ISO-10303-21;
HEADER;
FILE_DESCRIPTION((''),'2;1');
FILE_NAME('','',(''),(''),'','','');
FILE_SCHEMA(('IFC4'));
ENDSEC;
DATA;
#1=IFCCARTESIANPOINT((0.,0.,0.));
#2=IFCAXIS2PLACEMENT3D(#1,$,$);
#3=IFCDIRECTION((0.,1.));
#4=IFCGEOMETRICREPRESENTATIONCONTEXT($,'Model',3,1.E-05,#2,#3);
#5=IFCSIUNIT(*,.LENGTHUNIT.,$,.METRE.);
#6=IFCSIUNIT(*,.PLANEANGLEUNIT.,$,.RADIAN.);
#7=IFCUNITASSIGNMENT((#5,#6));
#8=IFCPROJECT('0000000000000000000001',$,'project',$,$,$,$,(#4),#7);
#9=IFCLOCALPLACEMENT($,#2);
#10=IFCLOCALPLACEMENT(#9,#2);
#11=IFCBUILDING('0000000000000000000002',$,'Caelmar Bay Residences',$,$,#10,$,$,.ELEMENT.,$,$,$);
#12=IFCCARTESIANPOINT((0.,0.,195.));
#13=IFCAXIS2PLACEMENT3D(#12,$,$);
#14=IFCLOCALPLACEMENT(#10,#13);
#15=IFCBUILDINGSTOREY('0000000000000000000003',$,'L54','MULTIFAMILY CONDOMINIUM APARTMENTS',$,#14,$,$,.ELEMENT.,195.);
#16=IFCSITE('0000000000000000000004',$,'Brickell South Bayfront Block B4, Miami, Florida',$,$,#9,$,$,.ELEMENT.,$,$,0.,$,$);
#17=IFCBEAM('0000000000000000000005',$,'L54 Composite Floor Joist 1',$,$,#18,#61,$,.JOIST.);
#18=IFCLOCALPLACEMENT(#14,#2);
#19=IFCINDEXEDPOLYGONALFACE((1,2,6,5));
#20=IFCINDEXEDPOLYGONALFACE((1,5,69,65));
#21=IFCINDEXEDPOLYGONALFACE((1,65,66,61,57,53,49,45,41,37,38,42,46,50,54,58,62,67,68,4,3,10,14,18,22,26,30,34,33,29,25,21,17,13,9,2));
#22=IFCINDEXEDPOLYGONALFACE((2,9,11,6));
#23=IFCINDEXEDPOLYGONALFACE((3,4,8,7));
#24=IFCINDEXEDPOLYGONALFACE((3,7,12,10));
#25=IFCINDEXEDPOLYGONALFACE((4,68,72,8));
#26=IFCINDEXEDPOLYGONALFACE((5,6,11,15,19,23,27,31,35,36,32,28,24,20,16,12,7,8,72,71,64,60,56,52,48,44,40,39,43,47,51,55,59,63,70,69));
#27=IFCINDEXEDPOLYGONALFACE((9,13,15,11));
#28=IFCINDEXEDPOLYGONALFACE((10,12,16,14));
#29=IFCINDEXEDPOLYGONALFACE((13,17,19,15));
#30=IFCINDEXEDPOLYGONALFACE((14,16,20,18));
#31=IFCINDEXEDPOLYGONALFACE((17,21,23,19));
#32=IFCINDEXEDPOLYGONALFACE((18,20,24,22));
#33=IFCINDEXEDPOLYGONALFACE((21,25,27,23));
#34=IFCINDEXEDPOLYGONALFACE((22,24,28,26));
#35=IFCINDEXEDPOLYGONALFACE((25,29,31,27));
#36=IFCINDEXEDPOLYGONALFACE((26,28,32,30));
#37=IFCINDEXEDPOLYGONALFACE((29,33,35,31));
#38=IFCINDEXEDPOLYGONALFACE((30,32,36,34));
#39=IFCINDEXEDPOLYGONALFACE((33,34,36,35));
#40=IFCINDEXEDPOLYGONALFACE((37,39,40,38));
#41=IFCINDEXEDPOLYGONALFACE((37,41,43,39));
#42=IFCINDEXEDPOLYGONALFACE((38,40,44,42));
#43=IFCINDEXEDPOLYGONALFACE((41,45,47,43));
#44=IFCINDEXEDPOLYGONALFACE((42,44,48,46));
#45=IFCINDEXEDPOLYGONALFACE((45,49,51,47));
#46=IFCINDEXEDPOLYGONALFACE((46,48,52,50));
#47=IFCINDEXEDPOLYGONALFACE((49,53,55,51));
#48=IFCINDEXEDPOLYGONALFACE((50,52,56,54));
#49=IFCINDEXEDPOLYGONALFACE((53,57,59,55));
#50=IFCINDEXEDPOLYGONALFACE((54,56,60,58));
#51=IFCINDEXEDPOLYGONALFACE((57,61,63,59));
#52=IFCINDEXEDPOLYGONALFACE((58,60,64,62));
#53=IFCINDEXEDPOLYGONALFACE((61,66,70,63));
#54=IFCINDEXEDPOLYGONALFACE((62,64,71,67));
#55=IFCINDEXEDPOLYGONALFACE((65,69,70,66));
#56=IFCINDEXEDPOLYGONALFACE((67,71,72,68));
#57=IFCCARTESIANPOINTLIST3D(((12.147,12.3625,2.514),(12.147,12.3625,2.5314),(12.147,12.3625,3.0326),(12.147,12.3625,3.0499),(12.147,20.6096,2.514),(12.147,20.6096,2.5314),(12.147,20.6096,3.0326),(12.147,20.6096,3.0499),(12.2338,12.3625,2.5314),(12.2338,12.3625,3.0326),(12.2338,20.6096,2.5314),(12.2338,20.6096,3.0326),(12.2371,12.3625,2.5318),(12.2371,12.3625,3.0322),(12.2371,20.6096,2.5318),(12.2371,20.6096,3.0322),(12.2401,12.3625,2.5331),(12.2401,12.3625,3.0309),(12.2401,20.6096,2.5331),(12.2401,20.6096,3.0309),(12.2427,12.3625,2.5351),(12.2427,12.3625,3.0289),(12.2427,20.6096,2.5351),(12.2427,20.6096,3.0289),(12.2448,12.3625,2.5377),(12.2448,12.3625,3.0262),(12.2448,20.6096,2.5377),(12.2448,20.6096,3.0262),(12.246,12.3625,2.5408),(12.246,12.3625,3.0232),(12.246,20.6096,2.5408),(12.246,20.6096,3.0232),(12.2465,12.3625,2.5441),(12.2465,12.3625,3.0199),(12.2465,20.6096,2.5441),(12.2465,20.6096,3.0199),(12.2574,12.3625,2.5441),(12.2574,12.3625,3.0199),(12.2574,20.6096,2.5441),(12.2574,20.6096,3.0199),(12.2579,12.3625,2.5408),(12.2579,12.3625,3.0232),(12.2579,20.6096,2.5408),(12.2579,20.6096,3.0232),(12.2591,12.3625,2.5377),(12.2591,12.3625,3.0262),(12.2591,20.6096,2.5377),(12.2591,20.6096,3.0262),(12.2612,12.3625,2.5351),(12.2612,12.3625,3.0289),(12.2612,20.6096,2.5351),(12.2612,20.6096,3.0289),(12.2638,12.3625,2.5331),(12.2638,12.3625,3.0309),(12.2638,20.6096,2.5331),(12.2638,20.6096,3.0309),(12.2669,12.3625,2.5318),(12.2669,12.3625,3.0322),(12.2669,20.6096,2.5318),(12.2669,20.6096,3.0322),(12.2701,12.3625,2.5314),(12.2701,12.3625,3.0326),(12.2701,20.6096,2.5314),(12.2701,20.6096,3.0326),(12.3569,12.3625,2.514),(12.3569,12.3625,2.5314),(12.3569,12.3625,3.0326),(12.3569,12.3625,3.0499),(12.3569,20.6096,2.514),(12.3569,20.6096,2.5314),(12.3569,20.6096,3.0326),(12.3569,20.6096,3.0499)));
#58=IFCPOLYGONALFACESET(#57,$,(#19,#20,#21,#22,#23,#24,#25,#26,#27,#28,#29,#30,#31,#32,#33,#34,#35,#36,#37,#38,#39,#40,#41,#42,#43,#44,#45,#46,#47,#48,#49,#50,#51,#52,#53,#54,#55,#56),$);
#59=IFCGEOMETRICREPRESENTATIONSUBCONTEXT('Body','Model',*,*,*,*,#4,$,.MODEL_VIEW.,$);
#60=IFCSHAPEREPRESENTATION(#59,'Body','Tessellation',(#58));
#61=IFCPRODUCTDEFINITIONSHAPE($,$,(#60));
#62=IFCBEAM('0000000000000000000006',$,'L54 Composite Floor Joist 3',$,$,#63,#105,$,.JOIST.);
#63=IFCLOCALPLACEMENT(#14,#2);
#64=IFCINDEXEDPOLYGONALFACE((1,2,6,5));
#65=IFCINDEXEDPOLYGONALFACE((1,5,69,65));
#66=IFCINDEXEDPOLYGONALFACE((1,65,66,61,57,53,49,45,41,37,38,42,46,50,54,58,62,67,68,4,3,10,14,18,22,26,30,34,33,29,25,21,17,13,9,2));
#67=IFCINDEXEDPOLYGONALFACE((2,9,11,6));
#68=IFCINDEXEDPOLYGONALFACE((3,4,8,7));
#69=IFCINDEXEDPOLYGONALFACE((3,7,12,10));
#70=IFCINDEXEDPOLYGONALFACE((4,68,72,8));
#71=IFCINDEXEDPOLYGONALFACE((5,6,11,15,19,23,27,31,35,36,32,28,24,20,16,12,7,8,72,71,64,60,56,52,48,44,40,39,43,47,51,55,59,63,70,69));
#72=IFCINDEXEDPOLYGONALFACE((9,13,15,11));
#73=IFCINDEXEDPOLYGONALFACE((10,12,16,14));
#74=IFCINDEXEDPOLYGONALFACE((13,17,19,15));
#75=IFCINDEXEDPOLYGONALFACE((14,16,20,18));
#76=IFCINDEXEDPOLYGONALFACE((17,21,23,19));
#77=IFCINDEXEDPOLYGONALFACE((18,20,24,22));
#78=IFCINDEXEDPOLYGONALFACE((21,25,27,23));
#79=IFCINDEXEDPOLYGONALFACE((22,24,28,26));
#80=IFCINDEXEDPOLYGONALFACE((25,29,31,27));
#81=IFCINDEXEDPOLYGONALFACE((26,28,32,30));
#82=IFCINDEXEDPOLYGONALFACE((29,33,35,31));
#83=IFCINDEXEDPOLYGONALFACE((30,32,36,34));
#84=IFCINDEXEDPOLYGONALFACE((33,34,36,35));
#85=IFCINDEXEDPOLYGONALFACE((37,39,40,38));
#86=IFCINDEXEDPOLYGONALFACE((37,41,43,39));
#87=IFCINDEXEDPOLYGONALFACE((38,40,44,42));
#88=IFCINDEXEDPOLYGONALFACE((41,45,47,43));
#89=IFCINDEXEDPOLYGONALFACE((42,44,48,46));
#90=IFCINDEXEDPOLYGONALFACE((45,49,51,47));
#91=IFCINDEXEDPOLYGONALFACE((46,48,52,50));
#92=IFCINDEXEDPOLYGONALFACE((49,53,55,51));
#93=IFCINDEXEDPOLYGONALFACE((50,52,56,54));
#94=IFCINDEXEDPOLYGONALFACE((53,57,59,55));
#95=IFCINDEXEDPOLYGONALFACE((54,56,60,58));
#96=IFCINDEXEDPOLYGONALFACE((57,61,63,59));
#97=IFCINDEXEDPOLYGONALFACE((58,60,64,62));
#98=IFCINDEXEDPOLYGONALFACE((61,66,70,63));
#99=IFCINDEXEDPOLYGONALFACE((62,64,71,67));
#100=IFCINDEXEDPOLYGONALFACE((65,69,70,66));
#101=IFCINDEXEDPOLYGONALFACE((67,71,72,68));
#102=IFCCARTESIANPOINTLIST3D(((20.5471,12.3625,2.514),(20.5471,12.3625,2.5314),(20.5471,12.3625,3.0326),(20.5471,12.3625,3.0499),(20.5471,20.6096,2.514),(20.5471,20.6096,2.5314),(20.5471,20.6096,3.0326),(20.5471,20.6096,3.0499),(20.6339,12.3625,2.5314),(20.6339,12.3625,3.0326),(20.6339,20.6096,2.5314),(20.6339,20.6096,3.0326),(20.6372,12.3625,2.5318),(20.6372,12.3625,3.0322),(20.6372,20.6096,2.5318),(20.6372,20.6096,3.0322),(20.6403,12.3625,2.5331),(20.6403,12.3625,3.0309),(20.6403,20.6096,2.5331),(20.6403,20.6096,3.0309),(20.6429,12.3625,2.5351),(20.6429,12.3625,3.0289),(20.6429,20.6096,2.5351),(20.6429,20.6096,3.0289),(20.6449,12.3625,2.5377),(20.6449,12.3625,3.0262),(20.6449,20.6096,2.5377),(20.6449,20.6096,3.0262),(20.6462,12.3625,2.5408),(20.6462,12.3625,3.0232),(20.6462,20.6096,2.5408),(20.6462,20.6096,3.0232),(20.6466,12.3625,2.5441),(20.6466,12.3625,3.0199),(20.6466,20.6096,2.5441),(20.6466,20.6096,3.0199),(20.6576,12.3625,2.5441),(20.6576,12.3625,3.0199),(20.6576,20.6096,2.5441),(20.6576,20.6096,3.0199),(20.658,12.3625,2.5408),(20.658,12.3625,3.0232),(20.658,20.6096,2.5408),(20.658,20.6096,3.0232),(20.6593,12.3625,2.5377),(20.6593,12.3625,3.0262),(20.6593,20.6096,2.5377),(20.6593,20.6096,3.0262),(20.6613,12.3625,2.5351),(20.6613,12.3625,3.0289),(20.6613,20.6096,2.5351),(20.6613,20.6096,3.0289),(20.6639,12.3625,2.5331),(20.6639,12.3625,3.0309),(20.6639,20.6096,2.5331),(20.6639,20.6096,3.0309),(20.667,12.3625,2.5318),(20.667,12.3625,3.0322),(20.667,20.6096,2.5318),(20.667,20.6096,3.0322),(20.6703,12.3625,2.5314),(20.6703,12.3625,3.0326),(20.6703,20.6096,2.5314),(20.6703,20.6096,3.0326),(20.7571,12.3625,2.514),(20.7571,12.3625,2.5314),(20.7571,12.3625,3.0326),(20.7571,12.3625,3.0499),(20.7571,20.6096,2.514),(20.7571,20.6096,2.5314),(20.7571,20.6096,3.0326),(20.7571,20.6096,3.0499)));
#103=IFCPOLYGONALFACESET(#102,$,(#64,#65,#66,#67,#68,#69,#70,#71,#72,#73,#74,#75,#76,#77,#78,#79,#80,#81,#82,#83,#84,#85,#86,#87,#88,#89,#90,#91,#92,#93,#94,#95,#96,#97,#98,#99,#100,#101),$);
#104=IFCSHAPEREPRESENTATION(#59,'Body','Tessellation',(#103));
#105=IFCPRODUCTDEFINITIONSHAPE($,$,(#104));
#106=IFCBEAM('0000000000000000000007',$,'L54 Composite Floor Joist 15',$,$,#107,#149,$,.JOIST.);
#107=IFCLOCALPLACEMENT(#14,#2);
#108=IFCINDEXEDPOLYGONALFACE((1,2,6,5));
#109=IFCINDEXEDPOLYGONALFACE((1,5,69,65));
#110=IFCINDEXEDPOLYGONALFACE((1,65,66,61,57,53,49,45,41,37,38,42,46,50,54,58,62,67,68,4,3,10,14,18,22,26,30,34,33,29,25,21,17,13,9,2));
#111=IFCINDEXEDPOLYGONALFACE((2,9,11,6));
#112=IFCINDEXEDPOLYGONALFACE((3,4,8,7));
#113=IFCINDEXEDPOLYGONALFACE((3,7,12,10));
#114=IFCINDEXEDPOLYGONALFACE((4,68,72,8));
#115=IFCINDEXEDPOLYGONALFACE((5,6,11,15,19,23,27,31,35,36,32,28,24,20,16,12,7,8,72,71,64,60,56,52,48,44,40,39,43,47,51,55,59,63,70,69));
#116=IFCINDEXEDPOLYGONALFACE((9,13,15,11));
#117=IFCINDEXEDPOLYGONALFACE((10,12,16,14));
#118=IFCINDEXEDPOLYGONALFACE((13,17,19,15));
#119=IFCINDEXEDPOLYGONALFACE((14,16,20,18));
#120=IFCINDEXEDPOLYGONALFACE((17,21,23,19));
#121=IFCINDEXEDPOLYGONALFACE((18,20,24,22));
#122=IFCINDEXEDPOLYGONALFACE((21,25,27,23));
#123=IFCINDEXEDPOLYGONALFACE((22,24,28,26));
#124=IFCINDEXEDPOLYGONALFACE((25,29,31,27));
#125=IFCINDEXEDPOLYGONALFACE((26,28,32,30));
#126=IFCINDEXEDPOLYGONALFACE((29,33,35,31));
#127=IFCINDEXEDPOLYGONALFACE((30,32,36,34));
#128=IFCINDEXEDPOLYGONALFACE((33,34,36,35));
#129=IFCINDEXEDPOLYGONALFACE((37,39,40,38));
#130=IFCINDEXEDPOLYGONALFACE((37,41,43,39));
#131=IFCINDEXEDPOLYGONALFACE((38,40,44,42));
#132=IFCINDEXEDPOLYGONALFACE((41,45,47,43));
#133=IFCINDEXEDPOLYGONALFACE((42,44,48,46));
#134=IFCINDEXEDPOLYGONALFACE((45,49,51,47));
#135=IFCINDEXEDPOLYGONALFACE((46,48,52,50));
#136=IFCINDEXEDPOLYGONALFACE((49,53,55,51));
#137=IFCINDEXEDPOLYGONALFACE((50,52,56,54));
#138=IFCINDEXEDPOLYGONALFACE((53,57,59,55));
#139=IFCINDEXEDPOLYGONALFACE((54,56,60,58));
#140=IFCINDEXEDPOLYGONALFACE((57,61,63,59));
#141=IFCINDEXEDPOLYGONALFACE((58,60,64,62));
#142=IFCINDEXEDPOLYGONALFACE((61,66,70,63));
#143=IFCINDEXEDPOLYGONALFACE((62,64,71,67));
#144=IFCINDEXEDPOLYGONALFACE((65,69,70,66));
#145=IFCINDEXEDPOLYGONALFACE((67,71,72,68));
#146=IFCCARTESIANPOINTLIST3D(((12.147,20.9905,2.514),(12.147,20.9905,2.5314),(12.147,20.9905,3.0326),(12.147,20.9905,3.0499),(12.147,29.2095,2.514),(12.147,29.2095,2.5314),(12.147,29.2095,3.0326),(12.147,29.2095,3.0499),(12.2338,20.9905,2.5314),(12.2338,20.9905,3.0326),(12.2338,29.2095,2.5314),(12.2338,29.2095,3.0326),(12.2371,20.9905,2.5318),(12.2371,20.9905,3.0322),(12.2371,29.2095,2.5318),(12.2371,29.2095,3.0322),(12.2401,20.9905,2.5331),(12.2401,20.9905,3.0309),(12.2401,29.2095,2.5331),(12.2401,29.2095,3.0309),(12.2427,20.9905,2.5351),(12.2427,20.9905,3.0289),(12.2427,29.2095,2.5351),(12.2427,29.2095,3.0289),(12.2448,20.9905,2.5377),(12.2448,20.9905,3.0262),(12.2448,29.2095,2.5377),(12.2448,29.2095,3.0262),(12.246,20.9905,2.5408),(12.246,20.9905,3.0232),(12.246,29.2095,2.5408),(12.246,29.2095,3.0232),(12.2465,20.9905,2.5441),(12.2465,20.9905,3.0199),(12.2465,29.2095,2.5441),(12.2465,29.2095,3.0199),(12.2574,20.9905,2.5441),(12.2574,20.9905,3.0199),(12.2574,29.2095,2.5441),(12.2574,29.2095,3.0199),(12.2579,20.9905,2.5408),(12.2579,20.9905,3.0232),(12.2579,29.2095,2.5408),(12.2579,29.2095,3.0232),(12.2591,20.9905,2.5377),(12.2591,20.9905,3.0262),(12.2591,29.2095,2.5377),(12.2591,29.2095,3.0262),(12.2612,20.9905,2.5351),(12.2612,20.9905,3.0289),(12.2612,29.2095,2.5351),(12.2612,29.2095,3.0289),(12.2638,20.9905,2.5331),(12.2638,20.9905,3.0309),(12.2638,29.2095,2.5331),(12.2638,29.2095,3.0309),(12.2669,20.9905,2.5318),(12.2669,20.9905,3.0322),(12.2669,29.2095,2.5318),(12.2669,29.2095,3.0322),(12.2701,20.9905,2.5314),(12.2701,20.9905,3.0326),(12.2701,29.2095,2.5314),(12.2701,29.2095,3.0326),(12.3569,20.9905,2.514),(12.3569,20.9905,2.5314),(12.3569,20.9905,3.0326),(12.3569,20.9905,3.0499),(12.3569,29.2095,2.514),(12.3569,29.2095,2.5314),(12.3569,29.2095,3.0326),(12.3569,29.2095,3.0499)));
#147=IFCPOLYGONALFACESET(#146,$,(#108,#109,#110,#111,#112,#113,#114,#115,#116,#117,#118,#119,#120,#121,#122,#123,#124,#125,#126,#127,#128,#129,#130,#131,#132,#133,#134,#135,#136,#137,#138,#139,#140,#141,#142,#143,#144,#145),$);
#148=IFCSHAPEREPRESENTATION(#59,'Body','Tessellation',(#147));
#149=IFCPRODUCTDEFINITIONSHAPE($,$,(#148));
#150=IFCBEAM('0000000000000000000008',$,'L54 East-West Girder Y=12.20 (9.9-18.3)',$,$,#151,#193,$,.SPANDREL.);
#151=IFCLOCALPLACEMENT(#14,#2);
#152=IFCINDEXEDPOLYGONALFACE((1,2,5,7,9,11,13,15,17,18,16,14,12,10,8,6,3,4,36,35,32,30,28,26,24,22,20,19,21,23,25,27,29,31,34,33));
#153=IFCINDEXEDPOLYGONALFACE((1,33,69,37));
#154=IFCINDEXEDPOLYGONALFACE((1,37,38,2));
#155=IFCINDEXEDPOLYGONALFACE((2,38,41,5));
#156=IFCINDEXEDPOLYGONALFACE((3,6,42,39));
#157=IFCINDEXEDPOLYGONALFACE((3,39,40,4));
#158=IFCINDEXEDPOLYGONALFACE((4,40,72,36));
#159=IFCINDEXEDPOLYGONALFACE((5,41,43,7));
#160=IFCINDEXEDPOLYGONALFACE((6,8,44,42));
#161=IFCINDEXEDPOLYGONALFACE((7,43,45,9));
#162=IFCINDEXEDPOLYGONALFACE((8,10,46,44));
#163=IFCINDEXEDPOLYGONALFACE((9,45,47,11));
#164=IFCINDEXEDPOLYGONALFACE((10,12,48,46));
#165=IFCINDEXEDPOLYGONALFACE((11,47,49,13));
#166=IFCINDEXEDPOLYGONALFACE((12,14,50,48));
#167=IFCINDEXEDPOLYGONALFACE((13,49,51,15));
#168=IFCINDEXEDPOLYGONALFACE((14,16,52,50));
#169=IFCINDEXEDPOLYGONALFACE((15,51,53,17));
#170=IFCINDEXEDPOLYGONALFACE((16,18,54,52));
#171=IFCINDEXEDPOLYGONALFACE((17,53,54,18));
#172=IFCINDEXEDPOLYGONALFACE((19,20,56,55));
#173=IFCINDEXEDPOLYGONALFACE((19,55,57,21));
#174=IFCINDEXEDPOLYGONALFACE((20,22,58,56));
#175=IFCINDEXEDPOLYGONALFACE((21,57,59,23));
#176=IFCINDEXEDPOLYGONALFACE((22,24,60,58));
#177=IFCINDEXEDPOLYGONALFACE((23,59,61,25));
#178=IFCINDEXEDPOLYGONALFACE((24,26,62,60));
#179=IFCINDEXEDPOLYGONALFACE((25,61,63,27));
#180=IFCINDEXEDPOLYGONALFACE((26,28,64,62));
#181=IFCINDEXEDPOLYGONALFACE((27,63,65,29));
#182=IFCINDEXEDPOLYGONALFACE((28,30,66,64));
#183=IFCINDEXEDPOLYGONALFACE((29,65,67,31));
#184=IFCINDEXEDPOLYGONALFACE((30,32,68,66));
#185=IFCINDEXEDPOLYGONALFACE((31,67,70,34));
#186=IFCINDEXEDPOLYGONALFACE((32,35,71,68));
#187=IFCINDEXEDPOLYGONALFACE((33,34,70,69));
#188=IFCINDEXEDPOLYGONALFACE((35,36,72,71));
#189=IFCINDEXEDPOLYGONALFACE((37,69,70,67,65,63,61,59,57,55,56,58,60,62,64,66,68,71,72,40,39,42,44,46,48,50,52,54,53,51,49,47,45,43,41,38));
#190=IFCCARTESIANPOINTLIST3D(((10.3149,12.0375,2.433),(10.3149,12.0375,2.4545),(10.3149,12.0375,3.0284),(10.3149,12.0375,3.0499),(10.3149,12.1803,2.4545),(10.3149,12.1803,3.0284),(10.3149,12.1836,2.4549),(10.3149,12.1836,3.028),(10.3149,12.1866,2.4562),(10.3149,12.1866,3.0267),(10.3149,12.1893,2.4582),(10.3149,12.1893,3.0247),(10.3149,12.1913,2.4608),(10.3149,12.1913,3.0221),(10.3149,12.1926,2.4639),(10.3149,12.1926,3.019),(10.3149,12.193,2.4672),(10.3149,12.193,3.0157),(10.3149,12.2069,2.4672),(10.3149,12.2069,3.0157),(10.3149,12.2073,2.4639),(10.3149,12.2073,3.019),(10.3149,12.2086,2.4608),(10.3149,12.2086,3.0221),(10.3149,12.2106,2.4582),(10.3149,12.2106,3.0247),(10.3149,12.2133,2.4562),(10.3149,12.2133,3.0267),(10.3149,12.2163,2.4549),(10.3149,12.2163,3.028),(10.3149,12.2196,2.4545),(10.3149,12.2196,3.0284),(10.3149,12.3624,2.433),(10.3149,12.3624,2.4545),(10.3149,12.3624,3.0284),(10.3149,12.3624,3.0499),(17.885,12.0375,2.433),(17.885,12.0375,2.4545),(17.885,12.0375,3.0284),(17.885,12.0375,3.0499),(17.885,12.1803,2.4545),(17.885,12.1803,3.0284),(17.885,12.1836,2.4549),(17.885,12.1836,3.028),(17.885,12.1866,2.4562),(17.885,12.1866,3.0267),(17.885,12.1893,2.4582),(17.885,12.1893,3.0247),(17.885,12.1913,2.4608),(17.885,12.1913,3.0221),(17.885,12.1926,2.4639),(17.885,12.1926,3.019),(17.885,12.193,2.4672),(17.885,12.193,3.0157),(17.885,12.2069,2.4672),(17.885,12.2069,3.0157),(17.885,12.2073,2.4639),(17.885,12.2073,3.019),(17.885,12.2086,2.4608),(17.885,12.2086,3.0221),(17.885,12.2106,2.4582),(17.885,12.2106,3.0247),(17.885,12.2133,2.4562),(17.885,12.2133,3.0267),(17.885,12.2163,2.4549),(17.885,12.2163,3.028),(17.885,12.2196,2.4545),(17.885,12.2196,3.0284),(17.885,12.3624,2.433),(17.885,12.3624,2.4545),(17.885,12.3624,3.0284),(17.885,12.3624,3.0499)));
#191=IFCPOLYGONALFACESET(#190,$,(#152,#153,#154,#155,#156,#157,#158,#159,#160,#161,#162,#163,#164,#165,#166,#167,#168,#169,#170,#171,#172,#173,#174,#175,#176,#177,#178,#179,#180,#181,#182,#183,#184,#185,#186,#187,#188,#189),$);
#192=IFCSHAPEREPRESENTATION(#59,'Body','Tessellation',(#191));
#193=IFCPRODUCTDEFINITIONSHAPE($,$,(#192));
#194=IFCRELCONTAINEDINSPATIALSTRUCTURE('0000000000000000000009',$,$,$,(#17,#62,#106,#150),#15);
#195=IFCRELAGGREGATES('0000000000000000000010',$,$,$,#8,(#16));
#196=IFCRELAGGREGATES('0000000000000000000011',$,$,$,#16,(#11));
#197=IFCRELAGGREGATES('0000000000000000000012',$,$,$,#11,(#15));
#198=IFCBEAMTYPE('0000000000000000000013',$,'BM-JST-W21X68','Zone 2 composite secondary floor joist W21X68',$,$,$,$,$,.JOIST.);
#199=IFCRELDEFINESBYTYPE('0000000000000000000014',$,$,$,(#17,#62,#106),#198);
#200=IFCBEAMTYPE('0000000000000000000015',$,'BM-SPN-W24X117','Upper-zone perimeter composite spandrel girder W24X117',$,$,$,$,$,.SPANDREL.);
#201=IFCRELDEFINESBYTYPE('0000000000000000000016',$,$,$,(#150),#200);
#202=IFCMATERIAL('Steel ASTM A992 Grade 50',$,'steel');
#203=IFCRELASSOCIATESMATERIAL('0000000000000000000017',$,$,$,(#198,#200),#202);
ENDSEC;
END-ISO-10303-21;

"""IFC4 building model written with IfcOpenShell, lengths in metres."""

from ifc_helpers import new_model, si_unit, direction, frame, origin, origin_2d, place, context, subcontext, project, spatial, i_section, extrude, material, material_profile, profile_set, type_object, element, save


model = new_model("IFC4")

# Units and contexts
model_context = context("Model", 3, precision=1e-05, world=origin(), true_north=direction((0.0, 1.0)))
body_context = subcontext(model_context, "Body", "Model", "MODEL_VIEW")
ifc_project = project(units=[si_unit("LENGTHUNIT", "METRE"), si_unit("PLANEANGLEUNIT", "RADIAN")], contexts=[model_context])

# Site, building, storey
site_placement = place(None, origin())
site = spatial("IfcSite", under=ifc_project, at=site_placement, Name="Brickell South Bayfront Block B4, Miami, Florida", CompositionType="ELEMENT", RefElevation=0.0)
building_placement = place(site_placement, origin())
building = spatial("IfcBuilding", under=site, at=building_placement, Name="Caelmar Bay Residences", CompositionType="ELEMENT")
storey_placement = place(building_placement, frame((0.0, 0.0, 195.0)))
storey = spatial("IfcBuildingStorey", under=building, at=storey_placement, Name="L54", Description="MULTIFAMILY CONDOMINIUM APARTMENTS", CompositionType="ELEMENT", Elevation=195.0)

# Beams
ifc_material_1 = material(Name="Steel ASTM A992 Grade 50", Category="steel")
ifc_material_profile_1 = material_profile(ifc_material_1, i_section(OverallWidth=0.21, OverallDepth=0.5359, WebThickness=0.011, FlangeThickness=0.0173, FilletRadius=0.0127, at=origin_2d()), Name="W21X68")
ifc_profile_set_1 = profile_set([ifc_material_profile_1], Name="Steel ASTM A992 Grade 50")
beam_type_1 = type_object("IfcBeamType", Name="BM-JST-W21X68", Description="Zone 2 composite secondary floor joist W21X68", PredefinedType="JOIST", material=ifc_profile_set_1)
for number, where, z_axis, x_axis, name in (
    (1, (12.252, 12.3625, 2.782), (0.0, 1.0, 0.0), (-1.0, 0.0, 0.0), "L54 Composite Floor Joist 1"),
    (2, (20.6521, 12.3625, 2.782), (0.0, 1.0, 0.0), (-1.0, 0.0, 0.0), "L54 Composite Floor Joist 3"),
):
    element("IfcBeam", number, at=place(storey_placement, frame(where, z_axis=z_axis, x_axis=x_axis)), inside=storey, type_object=beam_type_1, Name=name, PredefinedType="JOIST", context=body_context, shape_type="SweptSolid", body=[
        extrude(i_section(OverallWidth=0.21, OverallDepth=0.5359, WebThickness=0.011, FlangeThickness=0.0173, FilletRadius=0.0127, at=origin_2d()), origin(), (0.0, 0.0, 1.0), 8.2471),
    ])
beam_1_placement = place(storey_placement, frame((12.252, 20.9905, 2.782), z_axis=(0.0, 1.0, 0.0), x_axis=(-1.0, 0.0, 0.0)))
element("IfcBeam", 3, at=beam_1_placement, inside=storey, type_object=beam_type_1, Name="L54 Composite Floor Joist 15", PredefinedType="JOIST", context=body_context, shape_type="SweptSolid", body=[
    extrude(i_section(OverallWidth=0.21, OverallDepth=0.5359, WebThickness=0.011, FlangeThickness=0.0173, FilletRadius=0.0127, at=origin_2d()), origin(), (0.0, 0.0, 1.0), 8.219),
])
ifc_material_profile_2 = material_profile(ifc_material_1, i_section(OverallWidth=0.325, OverallDepth=0.6169, WebThickness=0.0139, FlangeThickness=0.0215, FilletRadius=0.0127, at=origin_2d()), Name="W24X117")
ifc_profile_set_2 = profile_set([ifc_material_profile_2], Name="Steel ASTM A992 Grade 50")
beam_type_2 = type_object("IfcBeamType", Name="BM-SPN-W24X117", Description="Upper-zone perimeter composite spandrel girder W24X117", PredefinedType="SPANDREL", material=ifc_profile_set_2)
beam_2_placement = place(storey_placement, frame((10.3149, 12.2, 2.7415), z_axis=(1.0, 0.0, 0.0), x_axis=(0.0, 1.0, 0.0)))
element("IfcBeam", 4, at=beam_2_placement, inside=storey, type_object=beam_type_2, Name="L54 East-West Girder Y=12.20 (9.9-18.3)", PredefinedType="SPANDREL", context=body_context, shape_type="SweptSolid", body=[
    extrude(i_section(OverallWidth=0.325, OverallDepth=0.6169, WebThickness=0.0139, FlangeThickness=0.0215, FilletRadius=0.0127, at=origin_2d()), origin(), (0.0, 0.0, 1.0), 7.5701),
])

save(model, "model.ifc")
